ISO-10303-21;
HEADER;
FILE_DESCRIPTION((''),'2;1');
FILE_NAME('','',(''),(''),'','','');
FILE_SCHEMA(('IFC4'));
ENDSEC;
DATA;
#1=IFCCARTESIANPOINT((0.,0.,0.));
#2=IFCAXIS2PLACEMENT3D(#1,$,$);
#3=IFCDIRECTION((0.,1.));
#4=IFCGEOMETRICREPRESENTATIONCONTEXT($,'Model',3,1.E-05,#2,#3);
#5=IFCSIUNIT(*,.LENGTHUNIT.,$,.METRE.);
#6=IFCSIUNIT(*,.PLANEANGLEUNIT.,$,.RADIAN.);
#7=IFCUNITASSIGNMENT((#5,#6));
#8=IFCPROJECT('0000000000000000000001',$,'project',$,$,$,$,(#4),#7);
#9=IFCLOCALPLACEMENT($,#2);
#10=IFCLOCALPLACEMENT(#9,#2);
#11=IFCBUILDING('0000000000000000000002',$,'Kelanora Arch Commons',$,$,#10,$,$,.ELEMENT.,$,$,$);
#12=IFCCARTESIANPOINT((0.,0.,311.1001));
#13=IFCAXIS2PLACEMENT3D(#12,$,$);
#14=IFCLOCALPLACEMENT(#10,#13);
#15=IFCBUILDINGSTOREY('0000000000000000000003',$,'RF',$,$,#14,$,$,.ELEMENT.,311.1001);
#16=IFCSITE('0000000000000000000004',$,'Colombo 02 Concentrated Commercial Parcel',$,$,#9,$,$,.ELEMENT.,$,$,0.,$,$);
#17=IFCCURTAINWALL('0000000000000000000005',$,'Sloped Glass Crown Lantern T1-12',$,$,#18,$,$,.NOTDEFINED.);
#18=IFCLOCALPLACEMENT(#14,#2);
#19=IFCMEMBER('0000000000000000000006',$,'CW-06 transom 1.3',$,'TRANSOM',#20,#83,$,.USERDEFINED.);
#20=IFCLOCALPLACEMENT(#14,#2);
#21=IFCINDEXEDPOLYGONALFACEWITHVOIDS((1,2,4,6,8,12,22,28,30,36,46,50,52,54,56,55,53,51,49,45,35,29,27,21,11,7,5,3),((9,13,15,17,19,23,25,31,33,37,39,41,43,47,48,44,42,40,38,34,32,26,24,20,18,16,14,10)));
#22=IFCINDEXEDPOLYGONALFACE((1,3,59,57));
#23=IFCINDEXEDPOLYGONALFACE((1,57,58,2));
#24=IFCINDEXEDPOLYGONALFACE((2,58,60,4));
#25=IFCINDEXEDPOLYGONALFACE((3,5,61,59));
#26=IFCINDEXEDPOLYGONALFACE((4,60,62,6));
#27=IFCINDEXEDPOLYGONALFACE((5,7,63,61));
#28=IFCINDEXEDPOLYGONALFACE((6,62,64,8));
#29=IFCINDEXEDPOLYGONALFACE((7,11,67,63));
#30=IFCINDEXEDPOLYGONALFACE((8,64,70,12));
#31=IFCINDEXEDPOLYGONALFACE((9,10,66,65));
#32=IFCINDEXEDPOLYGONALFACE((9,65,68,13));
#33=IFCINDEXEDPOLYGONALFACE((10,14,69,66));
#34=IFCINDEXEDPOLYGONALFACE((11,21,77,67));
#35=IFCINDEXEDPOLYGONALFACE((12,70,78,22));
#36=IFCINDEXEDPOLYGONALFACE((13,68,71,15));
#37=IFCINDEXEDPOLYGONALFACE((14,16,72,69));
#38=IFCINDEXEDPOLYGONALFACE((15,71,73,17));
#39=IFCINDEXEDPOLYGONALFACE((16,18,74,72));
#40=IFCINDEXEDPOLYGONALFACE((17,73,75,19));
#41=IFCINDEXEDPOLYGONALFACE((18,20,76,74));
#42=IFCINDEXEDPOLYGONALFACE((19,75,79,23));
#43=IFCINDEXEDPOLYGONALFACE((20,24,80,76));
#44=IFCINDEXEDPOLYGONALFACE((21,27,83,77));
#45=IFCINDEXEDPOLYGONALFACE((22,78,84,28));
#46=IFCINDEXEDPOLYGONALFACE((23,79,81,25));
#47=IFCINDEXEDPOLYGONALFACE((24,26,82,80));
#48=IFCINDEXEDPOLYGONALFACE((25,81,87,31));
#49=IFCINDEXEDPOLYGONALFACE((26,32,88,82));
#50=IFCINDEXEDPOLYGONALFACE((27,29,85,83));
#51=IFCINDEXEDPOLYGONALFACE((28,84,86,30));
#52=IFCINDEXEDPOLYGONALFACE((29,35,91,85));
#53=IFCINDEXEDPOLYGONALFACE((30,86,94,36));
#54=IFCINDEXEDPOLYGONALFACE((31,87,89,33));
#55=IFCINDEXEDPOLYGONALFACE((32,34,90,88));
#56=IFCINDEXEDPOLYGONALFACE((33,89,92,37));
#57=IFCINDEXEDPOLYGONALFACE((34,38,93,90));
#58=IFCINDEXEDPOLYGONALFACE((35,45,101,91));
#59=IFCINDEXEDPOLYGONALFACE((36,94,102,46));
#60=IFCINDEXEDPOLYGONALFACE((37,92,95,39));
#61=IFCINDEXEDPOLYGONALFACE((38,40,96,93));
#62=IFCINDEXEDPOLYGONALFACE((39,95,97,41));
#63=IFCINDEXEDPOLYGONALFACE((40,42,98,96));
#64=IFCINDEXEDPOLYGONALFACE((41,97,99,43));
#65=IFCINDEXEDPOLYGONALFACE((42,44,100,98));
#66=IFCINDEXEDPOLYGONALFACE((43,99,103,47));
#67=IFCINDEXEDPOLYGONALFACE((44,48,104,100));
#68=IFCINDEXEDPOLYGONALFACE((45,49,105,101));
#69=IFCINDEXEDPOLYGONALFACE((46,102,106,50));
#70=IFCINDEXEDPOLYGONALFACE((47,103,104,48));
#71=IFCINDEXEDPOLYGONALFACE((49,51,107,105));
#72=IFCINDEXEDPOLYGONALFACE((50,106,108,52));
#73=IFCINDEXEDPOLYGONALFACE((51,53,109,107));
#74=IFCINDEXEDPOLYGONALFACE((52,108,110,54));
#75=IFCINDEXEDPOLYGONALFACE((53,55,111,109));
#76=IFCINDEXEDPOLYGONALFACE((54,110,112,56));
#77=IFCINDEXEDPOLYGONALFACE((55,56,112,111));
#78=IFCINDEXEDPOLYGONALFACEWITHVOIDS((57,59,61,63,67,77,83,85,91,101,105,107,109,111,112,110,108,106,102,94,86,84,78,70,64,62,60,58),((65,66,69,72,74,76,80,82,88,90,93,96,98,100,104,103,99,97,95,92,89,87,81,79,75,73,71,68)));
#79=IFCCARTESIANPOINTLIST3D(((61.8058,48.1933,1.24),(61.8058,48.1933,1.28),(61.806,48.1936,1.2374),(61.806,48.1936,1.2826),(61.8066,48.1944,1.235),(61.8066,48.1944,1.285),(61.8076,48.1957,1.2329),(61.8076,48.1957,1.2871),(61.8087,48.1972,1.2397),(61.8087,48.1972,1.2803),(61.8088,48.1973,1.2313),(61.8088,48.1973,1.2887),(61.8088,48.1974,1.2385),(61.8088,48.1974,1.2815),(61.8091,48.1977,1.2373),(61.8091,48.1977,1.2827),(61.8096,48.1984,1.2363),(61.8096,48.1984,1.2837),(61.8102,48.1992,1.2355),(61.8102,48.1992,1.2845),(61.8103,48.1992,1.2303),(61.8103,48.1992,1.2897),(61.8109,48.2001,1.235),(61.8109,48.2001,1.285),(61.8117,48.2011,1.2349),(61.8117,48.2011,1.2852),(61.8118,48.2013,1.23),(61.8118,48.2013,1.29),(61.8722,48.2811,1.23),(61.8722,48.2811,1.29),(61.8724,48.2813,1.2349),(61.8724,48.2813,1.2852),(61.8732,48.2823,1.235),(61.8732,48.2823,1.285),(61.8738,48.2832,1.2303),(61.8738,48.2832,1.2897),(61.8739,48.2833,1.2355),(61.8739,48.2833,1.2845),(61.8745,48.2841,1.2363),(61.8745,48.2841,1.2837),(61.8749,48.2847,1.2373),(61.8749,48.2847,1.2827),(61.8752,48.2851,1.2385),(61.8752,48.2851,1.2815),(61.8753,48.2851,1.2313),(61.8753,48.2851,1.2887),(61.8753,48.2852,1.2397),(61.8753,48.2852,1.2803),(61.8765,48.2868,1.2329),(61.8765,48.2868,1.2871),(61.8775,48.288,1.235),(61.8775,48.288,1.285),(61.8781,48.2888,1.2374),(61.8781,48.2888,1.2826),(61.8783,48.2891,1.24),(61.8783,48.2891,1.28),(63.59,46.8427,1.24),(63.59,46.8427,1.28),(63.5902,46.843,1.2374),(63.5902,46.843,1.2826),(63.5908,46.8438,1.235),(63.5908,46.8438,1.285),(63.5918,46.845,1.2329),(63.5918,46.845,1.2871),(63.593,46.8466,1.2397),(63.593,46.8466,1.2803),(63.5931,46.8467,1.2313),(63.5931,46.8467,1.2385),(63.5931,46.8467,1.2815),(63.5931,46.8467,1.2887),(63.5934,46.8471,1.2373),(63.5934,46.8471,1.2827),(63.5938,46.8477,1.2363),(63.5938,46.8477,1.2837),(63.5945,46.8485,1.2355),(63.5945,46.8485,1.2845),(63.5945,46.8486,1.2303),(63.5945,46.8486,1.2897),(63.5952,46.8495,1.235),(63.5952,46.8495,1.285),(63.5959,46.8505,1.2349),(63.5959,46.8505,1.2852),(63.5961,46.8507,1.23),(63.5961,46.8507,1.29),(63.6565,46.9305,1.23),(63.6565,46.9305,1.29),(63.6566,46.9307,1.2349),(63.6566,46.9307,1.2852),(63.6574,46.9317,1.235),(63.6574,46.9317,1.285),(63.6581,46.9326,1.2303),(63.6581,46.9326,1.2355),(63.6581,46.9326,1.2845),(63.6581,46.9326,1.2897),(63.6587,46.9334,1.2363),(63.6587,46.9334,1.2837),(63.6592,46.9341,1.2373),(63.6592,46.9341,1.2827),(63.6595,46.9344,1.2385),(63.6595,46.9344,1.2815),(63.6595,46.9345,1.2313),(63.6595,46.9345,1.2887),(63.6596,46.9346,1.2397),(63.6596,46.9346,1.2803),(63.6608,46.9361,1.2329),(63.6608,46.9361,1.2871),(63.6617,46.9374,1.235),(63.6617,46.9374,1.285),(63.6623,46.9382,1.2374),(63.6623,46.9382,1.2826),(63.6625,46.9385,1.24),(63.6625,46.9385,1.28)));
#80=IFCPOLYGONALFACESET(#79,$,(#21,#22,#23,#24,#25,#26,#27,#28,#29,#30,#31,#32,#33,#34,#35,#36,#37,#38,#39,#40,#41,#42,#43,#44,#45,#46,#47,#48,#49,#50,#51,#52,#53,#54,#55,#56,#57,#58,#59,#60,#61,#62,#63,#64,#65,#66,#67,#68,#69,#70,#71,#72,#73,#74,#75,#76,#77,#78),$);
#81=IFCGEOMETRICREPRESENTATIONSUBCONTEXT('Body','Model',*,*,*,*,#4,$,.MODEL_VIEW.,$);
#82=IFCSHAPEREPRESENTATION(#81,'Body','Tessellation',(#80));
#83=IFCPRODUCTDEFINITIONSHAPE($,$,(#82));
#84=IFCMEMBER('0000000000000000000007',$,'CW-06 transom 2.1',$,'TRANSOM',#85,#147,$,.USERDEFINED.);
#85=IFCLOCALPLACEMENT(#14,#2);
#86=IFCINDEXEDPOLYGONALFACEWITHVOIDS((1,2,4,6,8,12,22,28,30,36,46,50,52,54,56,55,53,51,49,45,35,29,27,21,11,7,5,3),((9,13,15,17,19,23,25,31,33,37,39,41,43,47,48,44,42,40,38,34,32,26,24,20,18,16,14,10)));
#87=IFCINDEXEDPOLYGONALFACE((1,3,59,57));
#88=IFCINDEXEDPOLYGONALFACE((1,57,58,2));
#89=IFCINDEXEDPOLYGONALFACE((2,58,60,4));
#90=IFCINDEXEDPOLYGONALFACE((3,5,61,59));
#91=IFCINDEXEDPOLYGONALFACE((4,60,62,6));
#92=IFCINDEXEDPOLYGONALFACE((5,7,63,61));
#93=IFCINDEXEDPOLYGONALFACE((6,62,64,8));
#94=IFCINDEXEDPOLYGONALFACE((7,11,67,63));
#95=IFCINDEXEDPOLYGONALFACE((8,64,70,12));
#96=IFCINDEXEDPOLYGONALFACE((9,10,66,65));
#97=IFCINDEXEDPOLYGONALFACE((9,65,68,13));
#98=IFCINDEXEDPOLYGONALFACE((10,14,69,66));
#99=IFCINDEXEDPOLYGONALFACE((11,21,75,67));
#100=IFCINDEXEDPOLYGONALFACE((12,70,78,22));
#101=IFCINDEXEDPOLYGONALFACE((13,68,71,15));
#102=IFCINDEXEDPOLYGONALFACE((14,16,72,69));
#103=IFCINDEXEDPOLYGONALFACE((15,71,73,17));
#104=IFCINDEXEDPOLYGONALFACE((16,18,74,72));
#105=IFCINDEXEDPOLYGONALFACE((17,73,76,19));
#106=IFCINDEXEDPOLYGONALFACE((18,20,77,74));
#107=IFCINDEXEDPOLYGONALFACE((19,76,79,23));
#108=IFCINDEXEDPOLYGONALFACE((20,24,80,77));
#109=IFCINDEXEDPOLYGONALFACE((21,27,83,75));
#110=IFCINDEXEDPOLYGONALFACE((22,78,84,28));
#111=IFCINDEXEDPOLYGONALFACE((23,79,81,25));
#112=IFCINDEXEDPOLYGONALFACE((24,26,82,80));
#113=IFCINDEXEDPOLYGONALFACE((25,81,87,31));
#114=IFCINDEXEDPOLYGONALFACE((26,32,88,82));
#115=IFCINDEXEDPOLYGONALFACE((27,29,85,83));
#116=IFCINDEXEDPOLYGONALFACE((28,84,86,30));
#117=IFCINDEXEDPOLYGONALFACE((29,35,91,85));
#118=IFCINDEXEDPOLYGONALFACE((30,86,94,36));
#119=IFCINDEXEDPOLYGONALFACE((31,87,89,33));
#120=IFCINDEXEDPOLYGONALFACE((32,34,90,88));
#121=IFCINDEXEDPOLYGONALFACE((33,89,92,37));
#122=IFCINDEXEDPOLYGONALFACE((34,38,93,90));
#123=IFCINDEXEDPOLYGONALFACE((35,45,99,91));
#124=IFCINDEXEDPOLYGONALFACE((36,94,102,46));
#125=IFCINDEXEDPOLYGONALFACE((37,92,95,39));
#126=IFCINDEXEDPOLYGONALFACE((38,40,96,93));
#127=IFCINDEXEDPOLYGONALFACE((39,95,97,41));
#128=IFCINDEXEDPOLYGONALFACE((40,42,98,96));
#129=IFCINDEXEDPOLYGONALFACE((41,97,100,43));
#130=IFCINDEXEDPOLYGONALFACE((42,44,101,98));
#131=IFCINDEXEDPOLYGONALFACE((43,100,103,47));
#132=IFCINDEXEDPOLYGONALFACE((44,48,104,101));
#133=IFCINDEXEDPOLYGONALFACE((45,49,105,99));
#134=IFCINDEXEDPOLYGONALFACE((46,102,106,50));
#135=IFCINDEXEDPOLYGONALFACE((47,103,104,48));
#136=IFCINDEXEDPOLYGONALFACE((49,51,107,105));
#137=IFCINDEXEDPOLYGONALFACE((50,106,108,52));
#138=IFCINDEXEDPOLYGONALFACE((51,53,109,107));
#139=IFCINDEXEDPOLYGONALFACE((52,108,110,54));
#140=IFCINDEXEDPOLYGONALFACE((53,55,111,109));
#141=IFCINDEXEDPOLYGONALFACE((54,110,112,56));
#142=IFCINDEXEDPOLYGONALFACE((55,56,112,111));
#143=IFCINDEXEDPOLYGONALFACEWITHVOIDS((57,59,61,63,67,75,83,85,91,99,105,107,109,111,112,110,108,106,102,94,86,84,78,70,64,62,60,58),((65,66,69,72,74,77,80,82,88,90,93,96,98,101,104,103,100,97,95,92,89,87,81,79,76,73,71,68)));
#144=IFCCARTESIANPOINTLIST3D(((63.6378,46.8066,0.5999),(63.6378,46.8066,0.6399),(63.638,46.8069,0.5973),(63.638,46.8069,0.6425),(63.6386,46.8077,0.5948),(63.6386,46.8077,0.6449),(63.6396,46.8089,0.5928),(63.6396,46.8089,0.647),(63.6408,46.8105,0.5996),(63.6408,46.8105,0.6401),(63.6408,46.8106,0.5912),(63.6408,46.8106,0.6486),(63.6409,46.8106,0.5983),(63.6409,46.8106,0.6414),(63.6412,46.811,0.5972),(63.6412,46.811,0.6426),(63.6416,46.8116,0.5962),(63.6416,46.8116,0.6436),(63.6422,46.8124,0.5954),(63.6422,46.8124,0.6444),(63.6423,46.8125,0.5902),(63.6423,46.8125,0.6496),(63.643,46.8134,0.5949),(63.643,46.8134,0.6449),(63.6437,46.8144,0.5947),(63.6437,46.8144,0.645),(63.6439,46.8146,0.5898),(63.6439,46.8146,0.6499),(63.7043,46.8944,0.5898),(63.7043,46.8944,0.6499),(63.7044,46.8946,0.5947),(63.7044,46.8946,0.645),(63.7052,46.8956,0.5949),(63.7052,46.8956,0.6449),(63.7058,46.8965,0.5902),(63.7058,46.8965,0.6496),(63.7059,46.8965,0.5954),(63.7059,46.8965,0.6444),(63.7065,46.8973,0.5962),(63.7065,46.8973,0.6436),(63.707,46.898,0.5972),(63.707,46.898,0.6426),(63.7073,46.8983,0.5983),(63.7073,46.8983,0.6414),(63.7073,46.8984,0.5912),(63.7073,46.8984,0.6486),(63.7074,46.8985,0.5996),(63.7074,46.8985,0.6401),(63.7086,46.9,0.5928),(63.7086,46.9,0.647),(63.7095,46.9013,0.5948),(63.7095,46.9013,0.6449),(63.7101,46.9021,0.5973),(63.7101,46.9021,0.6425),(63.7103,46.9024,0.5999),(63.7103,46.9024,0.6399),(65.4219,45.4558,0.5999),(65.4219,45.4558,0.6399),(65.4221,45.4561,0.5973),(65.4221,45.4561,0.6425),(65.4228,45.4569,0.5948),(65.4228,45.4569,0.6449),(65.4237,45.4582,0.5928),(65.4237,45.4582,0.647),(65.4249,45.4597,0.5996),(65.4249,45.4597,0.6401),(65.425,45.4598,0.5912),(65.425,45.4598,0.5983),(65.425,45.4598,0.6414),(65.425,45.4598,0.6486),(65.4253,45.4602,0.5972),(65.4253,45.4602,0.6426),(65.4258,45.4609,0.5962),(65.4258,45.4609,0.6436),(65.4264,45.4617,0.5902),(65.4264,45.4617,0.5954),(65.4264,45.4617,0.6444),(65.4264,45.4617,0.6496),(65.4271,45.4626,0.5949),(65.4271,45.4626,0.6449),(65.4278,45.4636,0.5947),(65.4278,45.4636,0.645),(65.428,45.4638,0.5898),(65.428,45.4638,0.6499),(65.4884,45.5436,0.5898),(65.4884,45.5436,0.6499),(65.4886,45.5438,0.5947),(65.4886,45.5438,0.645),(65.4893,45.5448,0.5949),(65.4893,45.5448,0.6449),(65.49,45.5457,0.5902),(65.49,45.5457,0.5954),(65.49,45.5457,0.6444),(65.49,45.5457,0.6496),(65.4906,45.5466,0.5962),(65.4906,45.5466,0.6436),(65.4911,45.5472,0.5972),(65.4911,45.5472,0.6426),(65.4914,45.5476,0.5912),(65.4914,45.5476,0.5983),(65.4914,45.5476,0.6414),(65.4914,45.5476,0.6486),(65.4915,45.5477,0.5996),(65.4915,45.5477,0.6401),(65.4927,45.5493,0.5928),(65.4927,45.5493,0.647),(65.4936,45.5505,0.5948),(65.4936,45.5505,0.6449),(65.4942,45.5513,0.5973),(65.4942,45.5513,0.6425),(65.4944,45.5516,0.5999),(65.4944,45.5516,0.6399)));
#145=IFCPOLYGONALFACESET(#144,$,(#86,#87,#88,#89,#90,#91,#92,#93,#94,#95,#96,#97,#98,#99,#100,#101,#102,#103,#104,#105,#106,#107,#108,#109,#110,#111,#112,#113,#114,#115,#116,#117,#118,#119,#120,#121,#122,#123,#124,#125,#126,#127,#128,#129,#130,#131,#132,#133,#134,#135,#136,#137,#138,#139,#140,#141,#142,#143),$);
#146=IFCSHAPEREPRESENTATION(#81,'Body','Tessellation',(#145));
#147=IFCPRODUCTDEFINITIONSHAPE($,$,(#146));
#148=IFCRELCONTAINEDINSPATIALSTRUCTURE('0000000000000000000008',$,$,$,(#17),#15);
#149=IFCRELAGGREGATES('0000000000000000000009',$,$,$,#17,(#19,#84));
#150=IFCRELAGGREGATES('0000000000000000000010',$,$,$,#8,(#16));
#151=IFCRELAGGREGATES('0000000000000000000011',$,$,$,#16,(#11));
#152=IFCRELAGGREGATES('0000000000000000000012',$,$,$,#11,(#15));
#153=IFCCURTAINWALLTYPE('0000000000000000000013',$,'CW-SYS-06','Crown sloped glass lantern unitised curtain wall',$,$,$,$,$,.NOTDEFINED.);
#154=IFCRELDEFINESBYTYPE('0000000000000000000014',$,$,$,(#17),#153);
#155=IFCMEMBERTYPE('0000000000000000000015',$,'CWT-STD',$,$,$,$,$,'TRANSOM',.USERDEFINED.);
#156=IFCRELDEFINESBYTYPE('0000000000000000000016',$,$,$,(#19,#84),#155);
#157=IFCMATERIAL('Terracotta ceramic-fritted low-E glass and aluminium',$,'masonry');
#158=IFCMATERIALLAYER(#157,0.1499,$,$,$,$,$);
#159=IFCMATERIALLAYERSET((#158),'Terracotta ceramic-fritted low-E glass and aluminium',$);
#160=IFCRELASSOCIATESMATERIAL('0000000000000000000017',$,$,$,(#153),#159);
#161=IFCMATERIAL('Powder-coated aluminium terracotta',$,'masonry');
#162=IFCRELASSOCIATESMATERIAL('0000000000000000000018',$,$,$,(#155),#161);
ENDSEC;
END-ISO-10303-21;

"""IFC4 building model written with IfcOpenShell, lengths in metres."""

from ifc_helpers import new_model, si_unit, direction, frame, origin, origin_2d, place, context, subcontext, project, spatial, hollow_rectangle, extrude, material, layer, layer_set, material_profile, profile_set, type_object, element, aggregate, save


model = new_model("IFC4")

# Units and contexts
model_context = context("Model", 3, precision=1e-05, world=origin(), true_north=direction((0.0, 1.0)))
body_context = subcontext(model_context, "Body", "Model", "MODEL_VIEW")
ifc_project = project(units=[si_unit("LENGTHUNIT", "METRE"), si_unit("PLANEANGLEUNIT", "RADIAN")], contexts=[model_context])

# Site, building, storey
site_placement = place(None, origin())
site = spatial("IfcSite", under=ifc_project, at=site_placement, Name="Colombo 02 Concentrated Commercial Parcel", CompositionType="ELEMENT", RefElevation=0.0)
building_placement = place(site_placement, origin())
building = spatial("IfcBuilding", under=site, at=building_placement, Name="Kelanora Arch Commons", CompositionType="ELEMENT")
storey_placement = place(building_placement, frame((0.0, 0.0, 311.1001)))
storey = spatial("IfcBuildingStorey", under=building, at=storey_placement, Name="RF", CompositionType="ELEMENT", Elevation=311.1001)

# Curtain wall
ifc_material_1 = material(Name="Terracotta ceramic-fritted low-E glass and aluminium", Category="masonry")
ifc_layer_1 = layer(ifc_material_1, 0.1499)
ifc_layer_set_1 = layer_set([ifc_layer_1], Name="Terracotta ceramic-fritted low-E glass and aluminium")
curtain_wall_type = type_object("IfcCurtainWallType", Name="CW-SYS-06", Description="Crown sloped glass lantern unitised curtain wall", PredefinedType="NOTDEFINED", material=ifc_layer_set_1)
curtain_wall_1_placement = place(storey_placement, origin())
curtain_wall_1 = element("IfcCurtainWall", 1, at=curtain_wall_1_placement, inside=storey, type_object=curtain_wall_type, Name="Sloped Glass Crown Lantern T1-12", PredefinedType="NOTDEFINED")
ifc_material_2 = material(Name="Powder-coated aluminium terracotta", Category="masonry")

# Members
ifc_material_profile_1 = material_profile(ifc_material_2, hollow_rectangle(XDim=0.1201, YDim=0.0601, WallThickness=0.0049, InnerFilletRadius=0.0049, OuterFilletRadius=0.01, at=origin_2d()), Name="CWT120x60")
ifc_profile_set_1 = profile_set([ifc_material_profile_1], Name="Powder-coated aluminium terracotta")
member_type_1 = type_object("IfcMemberType", Name="CWT-STD", ElementType="TRANSOM", PredefinedType="USERDEFINED", material=ifc_profile_set_1)
member_1_placement = place(storey_placement, frame((61.842, 48.2412, 1.26), z_axis=(0.797321, -0.603555, 0.0), x_axis=(0.603555, 0.797321, 0.0)))
member_1 = element("IfcMember", 2, at=member_1_placement, type_object=member_type_1, Name="CW-06 transom 1.3", ObjectType="TRANSOM", PredefinedType="USERDEFINED", context=body_context, shape_type="SweptSolid", body=[
    extrude(hollow_rectangle(XDim=0.1201, YDim=0.0601, WallThickness=0.0049, InnerFilletRadius=0.0049, OuterFilletRadius=0.01, at=origin_2d()), origin(), (0.0, 0.0, 1.0), 2.2378),
])
member_2_placement = place(storey_placement, frame((63.6741, 46.8545, 0.6199), z_axis=(0.797269, -0.603625, 0.0), x_axis=(0.603625, 0.797269, 0.0)))
member_2 = element("IfcMember", 3, at=member_2_placement, type_object=member_type_1, Name="CW-06 transom 2.1", ObjectType="TRANSOM", PredefinedType="USERDEFINED", context=body_context, shape_type="SweptSolid", body=[
    extrude(hollow_rectangle(XDim=0.1201, YDim=0.0601, WallThickness=0.0049, InnerFilletRadius=0.0049, OuterFilletRadius=0.01, at=origin_2d()), origin(), (0.0, 0.0, 1.0), 2.2378),
])

aggregate(curtain_wall_1, [member_1, member_2])

save(model, "model.ifc")
